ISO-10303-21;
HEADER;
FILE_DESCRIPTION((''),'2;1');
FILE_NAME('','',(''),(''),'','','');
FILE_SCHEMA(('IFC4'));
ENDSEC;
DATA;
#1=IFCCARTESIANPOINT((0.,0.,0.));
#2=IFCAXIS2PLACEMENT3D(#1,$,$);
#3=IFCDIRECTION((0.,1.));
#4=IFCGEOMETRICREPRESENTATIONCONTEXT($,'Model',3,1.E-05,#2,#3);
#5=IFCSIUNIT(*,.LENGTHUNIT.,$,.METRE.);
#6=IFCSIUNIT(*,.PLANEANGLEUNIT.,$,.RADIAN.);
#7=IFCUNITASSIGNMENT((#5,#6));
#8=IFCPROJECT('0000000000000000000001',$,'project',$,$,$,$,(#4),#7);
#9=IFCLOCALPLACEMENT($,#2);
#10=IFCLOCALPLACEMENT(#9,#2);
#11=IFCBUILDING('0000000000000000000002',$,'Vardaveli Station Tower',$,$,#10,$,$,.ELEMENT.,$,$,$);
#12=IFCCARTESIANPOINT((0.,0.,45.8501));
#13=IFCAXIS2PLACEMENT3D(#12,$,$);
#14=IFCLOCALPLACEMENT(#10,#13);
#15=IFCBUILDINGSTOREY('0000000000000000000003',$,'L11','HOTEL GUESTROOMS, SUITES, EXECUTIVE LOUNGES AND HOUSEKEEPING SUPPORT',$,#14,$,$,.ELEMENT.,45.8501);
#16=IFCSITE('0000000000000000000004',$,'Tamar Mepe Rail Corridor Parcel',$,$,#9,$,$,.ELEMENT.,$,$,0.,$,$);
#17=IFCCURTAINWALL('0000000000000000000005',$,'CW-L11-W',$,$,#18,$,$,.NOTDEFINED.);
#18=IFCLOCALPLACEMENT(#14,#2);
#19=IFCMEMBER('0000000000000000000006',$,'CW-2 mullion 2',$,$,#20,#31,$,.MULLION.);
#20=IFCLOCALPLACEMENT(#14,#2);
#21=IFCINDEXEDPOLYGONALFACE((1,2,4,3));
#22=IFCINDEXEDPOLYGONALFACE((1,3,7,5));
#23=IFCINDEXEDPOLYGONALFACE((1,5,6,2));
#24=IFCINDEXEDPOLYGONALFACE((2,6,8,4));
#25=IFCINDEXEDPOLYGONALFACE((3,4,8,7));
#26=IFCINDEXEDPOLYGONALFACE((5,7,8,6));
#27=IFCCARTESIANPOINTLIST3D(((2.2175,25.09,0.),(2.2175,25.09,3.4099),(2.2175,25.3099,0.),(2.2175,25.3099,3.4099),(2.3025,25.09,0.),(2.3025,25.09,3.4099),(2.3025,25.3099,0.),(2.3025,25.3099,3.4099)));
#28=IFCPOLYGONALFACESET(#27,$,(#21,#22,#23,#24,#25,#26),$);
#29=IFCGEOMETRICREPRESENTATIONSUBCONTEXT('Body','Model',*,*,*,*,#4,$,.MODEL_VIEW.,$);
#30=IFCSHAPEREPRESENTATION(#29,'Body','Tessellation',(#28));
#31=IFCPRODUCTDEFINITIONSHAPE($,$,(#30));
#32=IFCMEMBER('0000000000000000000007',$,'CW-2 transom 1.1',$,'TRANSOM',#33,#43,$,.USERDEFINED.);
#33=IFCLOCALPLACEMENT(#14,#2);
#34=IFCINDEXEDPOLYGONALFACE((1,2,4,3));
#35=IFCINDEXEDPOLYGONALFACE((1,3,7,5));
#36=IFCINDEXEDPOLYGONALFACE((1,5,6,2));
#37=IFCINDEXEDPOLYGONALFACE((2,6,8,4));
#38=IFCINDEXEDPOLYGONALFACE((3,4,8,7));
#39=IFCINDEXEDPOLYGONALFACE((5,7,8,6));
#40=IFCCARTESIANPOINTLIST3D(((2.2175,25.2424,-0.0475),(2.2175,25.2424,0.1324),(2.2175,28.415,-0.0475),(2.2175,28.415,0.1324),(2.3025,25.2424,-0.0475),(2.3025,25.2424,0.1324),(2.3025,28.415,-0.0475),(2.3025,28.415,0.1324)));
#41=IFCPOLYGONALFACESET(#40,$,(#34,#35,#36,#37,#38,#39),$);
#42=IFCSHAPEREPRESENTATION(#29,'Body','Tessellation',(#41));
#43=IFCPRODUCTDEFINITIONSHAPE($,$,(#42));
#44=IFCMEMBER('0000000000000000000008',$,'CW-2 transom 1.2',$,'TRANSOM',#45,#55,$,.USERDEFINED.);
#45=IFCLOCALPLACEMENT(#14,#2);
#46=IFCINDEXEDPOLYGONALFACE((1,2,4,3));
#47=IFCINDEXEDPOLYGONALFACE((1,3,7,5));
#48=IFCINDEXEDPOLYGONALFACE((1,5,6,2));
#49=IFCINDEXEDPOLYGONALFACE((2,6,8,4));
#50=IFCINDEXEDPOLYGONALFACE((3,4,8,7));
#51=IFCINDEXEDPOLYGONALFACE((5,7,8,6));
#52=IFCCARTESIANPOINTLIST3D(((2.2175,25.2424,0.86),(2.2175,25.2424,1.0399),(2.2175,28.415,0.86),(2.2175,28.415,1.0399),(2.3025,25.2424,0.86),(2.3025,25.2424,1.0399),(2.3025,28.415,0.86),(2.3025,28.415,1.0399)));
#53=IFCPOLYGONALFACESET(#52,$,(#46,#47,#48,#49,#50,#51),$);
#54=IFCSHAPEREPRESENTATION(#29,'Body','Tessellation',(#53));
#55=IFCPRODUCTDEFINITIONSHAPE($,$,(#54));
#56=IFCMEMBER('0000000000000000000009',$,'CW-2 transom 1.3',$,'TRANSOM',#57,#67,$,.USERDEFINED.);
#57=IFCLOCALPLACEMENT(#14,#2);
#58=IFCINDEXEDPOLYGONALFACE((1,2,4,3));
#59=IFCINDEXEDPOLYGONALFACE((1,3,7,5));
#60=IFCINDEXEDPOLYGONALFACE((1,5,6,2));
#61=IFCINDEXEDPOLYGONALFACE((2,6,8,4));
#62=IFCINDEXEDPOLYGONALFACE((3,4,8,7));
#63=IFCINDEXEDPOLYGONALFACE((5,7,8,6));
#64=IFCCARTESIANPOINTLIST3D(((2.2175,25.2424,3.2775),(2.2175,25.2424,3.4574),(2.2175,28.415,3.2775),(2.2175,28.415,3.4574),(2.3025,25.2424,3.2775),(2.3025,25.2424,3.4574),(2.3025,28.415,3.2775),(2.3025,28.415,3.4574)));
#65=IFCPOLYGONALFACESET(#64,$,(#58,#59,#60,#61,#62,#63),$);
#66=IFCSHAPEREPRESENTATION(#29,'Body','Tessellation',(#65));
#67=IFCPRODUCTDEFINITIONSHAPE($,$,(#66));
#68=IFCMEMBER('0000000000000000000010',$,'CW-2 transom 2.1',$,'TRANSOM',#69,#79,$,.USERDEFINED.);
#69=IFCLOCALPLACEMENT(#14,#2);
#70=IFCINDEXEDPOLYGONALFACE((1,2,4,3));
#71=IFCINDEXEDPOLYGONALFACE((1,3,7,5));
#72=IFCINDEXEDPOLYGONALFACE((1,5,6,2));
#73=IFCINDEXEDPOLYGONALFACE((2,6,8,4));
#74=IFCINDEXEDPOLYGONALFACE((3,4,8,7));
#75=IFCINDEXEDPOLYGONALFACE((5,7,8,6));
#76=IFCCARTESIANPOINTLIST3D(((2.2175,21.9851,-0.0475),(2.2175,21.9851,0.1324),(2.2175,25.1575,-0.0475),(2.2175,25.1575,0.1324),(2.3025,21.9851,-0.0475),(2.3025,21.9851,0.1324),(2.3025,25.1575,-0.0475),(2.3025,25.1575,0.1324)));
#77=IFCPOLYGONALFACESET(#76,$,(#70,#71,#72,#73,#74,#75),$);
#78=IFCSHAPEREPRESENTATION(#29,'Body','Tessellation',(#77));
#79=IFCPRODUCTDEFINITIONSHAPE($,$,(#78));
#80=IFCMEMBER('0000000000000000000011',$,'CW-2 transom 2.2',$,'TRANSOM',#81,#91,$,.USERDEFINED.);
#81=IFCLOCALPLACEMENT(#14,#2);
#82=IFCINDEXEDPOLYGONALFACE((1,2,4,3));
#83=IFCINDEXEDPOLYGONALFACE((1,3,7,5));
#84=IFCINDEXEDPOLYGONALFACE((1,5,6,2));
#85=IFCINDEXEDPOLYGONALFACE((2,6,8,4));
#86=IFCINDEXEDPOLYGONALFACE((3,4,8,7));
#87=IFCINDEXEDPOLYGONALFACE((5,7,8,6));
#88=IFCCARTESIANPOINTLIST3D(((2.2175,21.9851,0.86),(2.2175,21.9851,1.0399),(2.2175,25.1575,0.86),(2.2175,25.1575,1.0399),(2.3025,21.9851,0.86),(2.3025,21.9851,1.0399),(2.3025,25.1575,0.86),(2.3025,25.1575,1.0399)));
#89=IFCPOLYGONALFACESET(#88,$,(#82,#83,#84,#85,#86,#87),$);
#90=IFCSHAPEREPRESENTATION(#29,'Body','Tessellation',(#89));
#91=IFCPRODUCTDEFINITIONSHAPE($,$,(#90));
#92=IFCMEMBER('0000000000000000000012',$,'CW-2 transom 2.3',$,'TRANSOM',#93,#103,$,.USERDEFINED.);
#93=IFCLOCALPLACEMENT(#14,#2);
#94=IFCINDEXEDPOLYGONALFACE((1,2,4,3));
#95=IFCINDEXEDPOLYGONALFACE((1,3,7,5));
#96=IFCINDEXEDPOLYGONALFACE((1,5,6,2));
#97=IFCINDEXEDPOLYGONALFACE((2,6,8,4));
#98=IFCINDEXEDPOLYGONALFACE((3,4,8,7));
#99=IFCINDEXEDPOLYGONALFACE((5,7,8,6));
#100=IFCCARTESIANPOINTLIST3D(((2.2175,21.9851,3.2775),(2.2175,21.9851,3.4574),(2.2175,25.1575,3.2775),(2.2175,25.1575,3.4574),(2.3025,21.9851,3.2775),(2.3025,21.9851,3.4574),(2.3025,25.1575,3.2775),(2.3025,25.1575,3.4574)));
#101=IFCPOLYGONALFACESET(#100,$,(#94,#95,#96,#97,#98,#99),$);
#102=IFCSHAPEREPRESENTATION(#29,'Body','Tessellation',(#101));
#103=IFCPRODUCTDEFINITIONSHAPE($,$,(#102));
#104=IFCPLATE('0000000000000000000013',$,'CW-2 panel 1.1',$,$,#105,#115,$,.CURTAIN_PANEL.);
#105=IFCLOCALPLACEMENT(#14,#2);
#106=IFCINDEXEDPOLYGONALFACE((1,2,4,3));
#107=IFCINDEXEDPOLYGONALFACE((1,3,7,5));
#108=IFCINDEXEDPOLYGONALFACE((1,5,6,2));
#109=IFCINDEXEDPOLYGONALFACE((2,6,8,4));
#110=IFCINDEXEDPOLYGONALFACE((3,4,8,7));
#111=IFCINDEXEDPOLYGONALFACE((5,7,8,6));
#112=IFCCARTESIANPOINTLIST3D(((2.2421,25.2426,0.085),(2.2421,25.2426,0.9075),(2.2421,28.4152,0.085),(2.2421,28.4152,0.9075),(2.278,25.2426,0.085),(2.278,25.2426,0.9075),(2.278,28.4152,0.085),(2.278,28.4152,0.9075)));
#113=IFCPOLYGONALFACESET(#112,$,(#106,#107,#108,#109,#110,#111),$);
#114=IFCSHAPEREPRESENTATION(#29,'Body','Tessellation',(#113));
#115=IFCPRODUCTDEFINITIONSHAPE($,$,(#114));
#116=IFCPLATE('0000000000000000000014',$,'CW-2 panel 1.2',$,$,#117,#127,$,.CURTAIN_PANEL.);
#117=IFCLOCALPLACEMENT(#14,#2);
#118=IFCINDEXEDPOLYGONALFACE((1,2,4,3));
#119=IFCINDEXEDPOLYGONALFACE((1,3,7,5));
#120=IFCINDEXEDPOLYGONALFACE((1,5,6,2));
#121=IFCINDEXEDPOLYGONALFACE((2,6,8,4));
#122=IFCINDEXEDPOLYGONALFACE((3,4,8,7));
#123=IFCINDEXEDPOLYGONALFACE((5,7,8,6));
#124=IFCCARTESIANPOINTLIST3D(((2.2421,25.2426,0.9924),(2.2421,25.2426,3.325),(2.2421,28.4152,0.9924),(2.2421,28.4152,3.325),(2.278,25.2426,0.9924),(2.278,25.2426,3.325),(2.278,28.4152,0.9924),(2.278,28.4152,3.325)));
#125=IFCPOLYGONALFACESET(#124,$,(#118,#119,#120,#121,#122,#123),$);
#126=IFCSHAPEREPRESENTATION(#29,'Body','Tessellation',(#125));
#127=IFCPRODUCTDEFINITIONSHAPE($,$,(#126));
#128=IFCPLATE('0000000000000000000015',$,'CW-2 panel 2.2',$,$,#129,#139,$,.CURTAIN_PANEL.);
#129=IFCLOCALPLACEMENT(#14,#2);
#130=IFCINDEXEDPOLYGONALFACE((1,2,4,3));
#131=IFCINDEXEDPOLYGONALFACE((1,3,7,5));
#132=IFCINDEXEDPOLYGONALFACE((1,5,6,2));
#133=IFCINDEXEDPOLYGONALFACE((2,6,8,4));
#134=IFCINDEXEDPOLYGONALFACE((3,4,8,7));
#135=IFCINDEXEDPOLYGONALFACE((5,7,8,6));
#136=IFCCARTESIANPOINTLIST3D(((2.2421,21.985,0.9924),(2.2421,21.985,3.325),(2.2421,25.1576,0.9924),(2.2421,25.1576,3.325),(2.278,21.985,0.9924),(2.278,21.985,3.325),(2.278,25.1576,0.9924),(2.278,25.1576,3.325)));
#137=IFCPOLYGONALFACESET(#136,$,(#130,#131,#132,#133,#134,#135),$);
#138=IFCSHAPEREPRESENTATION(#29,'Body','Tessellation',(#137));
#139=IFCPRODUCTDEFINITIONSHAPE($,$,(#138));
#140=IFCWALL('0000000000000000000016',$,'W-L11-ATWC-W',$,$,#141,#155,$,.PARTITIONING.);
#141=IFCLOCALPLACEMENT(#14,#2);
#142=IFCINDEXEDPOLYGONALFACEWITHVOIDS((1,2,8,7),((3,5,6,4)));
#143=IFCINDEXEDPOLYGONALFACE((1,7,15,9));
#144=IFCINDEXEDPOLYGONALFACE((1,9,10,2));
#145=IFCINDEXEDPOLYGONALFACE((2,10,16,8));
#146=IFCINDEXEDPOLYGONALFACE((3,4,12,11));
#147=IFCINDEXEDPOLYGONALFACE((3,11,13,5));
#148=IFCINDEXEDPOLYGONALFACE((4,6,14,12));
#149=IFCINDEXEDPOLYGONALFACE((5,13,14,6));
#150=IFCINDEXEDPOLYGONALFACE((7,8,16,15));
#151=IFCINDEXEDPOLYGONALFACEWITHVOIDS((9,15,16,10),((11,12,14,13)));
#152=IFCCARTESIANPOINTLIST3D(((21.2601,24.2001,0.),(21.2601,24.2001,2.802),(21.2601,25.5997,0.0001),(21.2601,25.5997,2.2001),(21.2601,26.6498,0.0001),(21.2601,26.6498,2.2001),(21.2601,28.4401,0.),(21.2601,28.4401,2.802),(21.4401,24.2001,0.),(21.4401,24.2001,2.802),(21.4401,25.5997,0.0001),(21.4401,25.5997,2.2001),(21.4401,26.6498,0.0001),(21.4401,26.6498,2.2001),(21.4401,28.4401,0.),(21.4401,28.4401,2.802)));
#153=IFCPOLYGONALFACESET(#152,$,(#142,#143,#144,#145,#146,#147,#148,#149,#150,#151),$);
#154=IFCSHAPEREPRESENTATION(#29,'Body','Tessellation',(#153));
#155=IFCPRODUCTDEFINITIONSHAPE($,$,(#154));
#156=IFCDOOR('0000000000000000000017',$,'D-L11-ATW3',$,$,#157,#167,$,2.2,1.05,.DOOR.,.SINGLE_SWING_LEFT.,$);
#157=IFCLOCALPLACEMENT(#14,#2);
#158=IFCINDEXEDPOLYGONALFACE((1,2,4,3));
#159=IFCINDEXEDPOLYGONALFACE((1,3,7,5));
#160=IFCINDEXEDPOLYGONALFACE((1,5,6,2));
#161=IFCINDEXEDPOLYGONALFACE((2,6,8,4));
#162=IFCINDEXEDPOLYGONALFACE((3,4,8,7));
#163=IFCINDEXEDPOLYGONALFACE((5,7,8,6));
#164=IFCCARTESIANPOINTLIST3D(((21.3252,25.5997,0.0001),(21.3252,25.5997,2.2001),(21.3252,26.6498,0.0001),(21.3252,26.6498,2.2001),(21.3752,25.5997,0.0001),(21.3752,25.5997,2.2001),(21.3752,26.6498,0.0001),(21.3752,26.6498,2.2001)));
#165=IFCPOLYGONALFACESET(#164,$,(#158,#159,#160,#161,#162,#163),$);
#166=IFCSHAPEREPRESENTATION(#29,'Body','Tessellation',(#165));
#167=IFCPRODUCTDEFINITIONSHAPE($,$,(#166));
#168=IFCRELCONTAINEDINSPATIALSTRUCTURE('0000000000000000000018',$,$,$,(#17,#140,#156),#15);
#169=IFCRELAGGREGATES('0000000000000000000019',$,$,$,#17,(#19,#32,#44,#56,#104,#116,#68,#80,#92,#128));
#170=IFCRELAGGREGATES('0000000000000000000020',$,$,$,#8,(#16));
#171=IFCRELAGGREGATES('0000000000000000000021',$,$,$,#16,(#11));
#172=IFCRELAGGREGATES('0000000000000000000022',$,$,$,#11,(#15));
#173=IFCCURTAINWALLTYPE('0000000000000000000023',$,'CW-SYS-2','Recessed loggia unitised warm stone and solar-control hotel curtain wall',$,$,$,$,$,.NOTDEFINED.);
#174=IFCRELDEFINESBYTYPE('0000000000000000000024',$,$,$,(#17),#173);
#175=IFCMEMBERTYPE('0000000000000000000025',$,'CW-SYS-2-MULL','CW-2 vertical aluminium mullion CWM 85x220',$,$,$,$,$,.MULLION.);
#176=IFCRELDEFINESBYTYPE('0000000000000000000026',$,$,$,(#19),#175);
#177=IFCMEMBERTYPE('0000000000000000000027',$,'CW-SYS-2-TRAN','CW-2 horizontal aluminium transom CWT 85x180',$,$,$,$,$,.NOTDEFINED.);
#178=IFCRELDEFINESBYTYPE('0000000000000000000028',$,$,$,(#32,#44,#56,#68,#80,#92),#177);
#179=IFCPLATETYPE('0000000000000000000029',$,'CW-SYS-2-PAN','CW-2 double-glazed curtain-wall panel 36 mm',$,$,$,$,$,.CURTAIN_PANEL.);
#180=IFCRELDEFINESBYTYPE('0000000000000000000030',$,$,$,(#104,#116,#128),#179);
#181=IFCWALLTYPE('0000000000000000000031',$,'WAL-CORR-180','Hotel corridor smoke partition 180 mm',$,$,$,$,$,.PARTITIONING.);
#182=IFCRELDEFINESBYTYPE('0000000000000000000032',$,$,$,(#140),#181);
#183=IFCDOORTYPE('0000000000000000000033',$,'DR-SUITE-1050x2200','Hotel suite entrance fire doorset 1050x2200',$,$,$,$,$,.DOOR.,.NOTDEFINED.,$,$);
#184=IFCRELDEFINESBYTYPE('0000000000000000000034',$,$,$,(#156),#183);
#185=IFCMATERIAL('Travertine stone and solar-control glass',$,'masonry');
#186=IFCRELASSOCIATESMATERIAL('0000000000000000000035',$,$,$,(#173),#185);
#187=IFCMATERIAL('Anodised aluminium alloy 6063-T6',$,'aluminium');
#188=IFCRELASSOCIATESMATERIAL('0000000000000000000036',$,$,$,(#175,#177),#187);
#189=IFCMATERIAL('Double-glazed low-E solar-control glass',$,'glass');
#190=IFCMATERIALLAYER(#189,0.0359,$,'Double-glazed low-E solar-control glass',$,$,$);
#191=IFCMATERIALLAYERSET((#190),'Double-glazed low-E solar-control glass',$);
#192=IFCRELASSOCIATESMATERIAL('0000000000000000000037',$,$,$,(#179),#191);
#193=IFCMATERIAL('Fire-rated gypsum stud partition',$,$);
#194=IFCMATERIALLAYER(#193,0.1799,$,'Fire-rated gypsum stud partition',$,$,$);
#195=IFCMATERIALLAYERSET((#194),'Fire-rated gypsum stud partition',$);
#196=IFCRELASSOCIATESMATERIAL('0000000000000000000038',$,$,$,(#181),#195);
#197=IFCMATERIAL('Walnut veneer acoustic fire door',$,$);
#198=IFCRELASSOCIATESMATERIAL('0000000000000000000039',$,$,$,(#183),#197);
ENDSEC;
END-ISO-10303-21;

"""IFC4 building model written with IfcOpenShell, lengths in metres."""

from ifc_helpers import new_model, si_unit, direction, frame, frame_2d, origin, origin_2d, place, context, subcontext, project, spatial, rectangle, extrude, source, transform, mapped, material, layer, layer_set, material_profile, profile_set, type_object, element, fill, aggregate, save


model = new_model("IFC4")

# Units and contexts
model_context = context("Model", 3, precision=1e-05, world=origin(), true_north=direction((0.0, 1.0)))
body_context = subcontext(model_context, "Body", "Model", "MODEL_VIEW")
ifc_project = project(units=[si_unit("LENGTHUNIT", "METRE"), si_unit("PLANEANGLEUNIT", "RADIAN")], contexts=[model_context])

# Site, building, storey
site_placement = place(None, origin())
site = spatial("IfcSite", under=ifc_project, at=site_placement, Name="Tamar Mepe Rail Corridor Parcel", CompositionType="ELEMENT", RefElevation=0.0)
building_placement = place(site_placement, origin())
building = spatial("IfcBuilding", under=site, at=building_placement, Name="Vardaveli Station Tower", CompositionType="ELEMENT")
storey_placement = place(building_placement, frame((0.0, 0.0, 45.8501)))
storey = spatial("IfcBuildingStorey", under=building, at=storey_placement, Name="L11", Description="HOTEL GUESTROOMS, SUITES, EXECUTIVE LOUNGES AND HOUSEKEEPING SUPPORT", CompositionType="ELEMENT", Elevation=45.8501)

# Curtain wall, members, plates
ifc_material_1 = material(Name="Travertine stone and solar-control glass", Category="masonry")
curtain_wall_type = type_object("IfcCurtainWallType", Name="CW-SYS-2", Description="Recessed loggia unitised warm stone and solar-control hotel curtain wall", PredefinedType="NOTDEFINED", material=ifc_material_1)
curtain_wall_placement = place(storey_placement, origin())
curtain_wall = element("IfcCurtainWall", 1, at=curtain_wall_placement, inside=storey, type_object=curtain_wall_type, Name="CW-L11-W", PredefinedType="NOTDEFINED")
ifc_material_2 = material(Name="Anodised aluminium alloy 6063-T6", Category="aluminium")
ifc_material_profile_1 = material_profile(ifc_material_2, rectangle(XDim=0.085, YDim=0.22, at=origin_2d()), Name="CWM 85x220")
ifc_profile_set_1 = profile_set([ifc_material_profile_1], Name="Anodised aluminium alloy 6063-T6")
member_type_1 = type_object("IfcMemberType", Name="CW-SYS-2-MULL", Description="CW-2 vertical aluminium mullion CWM 85x220", PredefinedType="MULLION", material=ifc_profile_set_1)
shared_shape_1 = source(origin(), body_context, "Body", "SweptSolid", [
    extrude(rectangle(XDim=0.085, YDim=0.22, at=origin_2d()), origin(), (0.0, 0.0, 1.0), 3.4099),
])
member_1_placement = place(storey_placement, frame((2.26, 25.2, 0.0), z_axis=(0.0, 0.0, 1.0), x_axis=(1.0, 0.0, 0.0)))
member_1 = element("IfcMember", 2, at=member_1_placement, type_object=member_type_1, Name="CW-2 mullion 2", PredefinedType="MULLION", context=body_context, shape_type="MappedRepresentation", body=[
    mapped(shared_shape_1, transform((0.0, 0.0, 0.0), scale=1.0)),
])
ifc_material_profile_2 = material_profile(ifc_material_2, rectangle(XDim=0.085, YDim=0.1799, at=origin_2d()), Name="CWT 85x180")
ifc_profile_set_2 = profile_set([ifc_material_profile_2], Name="Anodised aluminium alloy 6063-T6")
member_type_2 = type_object("IfcMemberType", Name="CW-SYS-2-TRAN", Description="CW-2 horizontal aluminium transom CWT 85x180", PredefinedType="NOTDEFINED", material=ifc_profile_set_2)
shared_shape_2 = source(origin(), body_context, "Body", "SweptSolid", [
    extrude(rectangle(XDim=0.085, YDim=0.1799, at=origin_2d()), origin(), (0.0, 0.0, 1.0), 3.1726),
])
member_2_placement = place(storey_placement, frame((2.26, 28.415, 0.0425), z_axis=(0.0, -1.0, 0.0), x_axis=(1.0, 0.0, 0.0)))
member_2 = element("IfcMember", 3, at=member_2_placement, type_object=member_type_2, Name="CW-2 transom 1.1", ObjectType="TRANSOM", PredefinedType="USERDEFINED", context=body_context, shape_type="MappedRepresentation", body=[
    mapped(shared_shape_2, transform((0.0, 0.0, 0.0), scale=1.0)),
])
member_3_placement = place(storey_placement, frame((2.26, 28.415, 0.95), z_axis=(0.0, -1.0, 0.0), x_axis=(1.0, 0.0, 0.0)))
member_3 = element("IfcMember", 4, at=member_3_placement, type_object=member_type_2, Name="CW-2 transom 1.2", ObjectType="TRANSOM", PredefinedType="USERDEFINED", context=body_context, shape_type="MappedRepresentation", body=[
    mapped(shared_shape_2, transform((0.0, 0.0, 0.0), scale=1.0)),
])
member_4_placement = place(storey_placement, frame((2.26, 28.415, 3.3674), z_axis=(0.0, -1.0, 0.0), x_axis=(1.0, 0.0, 0.0)))
member_4 = element("IfcMember", 5, at=member_4_placement, type_object=member_type_2, Name="CW-2 transom 1.3", ObjectType="TRANSOM", PredefinedType="USERDEFINED", context=body_context, shape_type="MappedRepresentation", body=[
    mapped(shared_shape_2, transform((0.0, 0.0, 0.0), scale=1.0)),
])
shared_shape_3 = source(origin(), body_context, "Body", "SweptSolid", [
    extrude(rectangle(XDim=0.085, YDim=0.1799, at=origin_2d()), origin(), (0.0, 0.0, 1.0), 3.1724),
])
member_5_placement = place(storey_placement, frame((2.26, 25.1575, 0.0425), z_axis=(0.0, -1.0, 0.0), x_axis=(1.0, 0.0, 0.0)))
member_5 = element("IfcMember", 6, at=member_5_placement, type_object=member_type_2, Name="CW-2 transom 2.1", ObjectType="TRANSOM", PredefinedType="USERDEFINED", context=body_context, shape_type="MappedRepresentation", body=[
    mapped(shared_shape_3, transform((0.0, 0.0, 0.0), scale=1.0)),
])
member_6_placement = place(storey_placement, frame((2.26, 25.1575, 0.95), z_axis=(0.0, -1.0, 0.0), x_axis=(1.0, 0.0, 0.0)))
member_6 = element("IfcMember", 7, at=member_6_placement, type_object=member_type_2, Name="CW-2 transom 2.2", ObjectType="TRANSOM", PredefinedType="USERDEFINED", context=body_context, shape_type="MappedRepresentation", body=[
    mapped(shared_shape_3, transform((0.0, 0.0, 0.0), scale=1.0)),
])
member_7_placement = place(storey_placement, frame((2.26, 25.1575, 3.3674), z_axis=(0.0, -1.0, 0.0), x_axis=(1.0, 0.0, 0.0)))
member_7 = element("IfcMember", 8, at=member_7_placement, type_object=member_type_2, Name="CW-2 transom 2.3", ObjectType="TRANSOM", PredefinedType="USERDEFINED", context=body_context, shape_type="MappedRepresentation", body=[
    mapped(shared_shape_3, transform((0.0, 0.0, 0.0), scale=1.0)),
])
ifc_material_3 = material(Name="Double-glazed low-E solar-control glass", Category="glass")
ifc_layer_1 = layer(ifc_material_3, 0.0359, Name="Double-glazed low-E solar-control glass")
ifc_layer_set_1 = layer_set([ifc_layer_1], Name="Double-glazed low-E solar-control glass")
plate_type = type_object("IfcPlateType", Name="CW-SYS-2-PAN", Description="CW-2 double-glazed curtain-wall panel 36 mm", PredefinedType="CURTAIN_PANEL", material=ifc_layer_set_1)
shared_shape_4 = source(origin(), body_context, "Body", "SweptSolid", [
    extrude(rectangle(XDim=3.1726, YDim=0.0359, at=origin_2d()), origin(), (0.0, 0.0, 1.0), 0.8225),
])
plate_1_placement = place(storey_placement, frame((2.26, 26.8289, 0.085), z_axis=(0.0, 0.0, 1.0), x_axis=(0.0, -1.0, 0.0)))
plate_1 = element("IfcPlate", 9, at=plate_1_placement, type_object=plate_type, Name="CW-2 panel 1.1", PredefinedType="CURTAIN_PANEL", context=body_context, shape_type="MappedRepresentation", body=[
    mapped(shared_shape_4, transform((0.0, 0.0, 0.0), scale=1.0)),
])
shared_shape_5 = source(origin(), body_context, "Body", "SweptSolid", [
    extrude(rectangle(XDim=3.1726, YDim=0.0359, at=origin_2d()), origin(), (0.0, 0.0, 1.0), 2.3325),
])
plate_2_placement = place(storey_placement, frame((2.26, 26.8289, 0.9924), z_axis=(0.0, 0.0, 1.0), x_axis=(0.0, -1.0, 0.0)))
plate_2 = element("IfcPlate", 10, at=plate_2_placement, type_object=plate_type, Name="CW-2 panel 1.2", PredefinedType="CURTAIN_PANEL", context=body_context, shape_type="MappedRepresentation", body=[
    mapped(shared_shape_5, transform((0.0, 0.0, 0.0), scale=1.0)),
])
plate_3_placement = place(storey_placement, frame((2.26, 23.5713, 0.9924), z_axis=(0.0, 0.0, 1.0), x_axis=(0.0, -1.0, 0.0)))
plate_3 = element("IfcPlate", 11, at=plate_3_placement, type_object=plate_type, Name="CW-2 panel 2.2", PredefinedType="CURTAIN_PANEL", context=body_context, shape_type="MappedRepresentation", body=[
    mapped(shared_shape_5, transform((0.0, 0.0, 0.0), scale=1.0)),
])
aggregate(curtain_wall, [member_1, member_2, member_3, member_4, plate_1, plate_2, member_5, member_6, member_7, plate_3])

# Wall, opening, door
ifc_material_4 = material(Name="Fire-rated gypsum stud partition")
ifc_layer_2 = layer(ifc_material_4, 0.1799, Name="Fire-rated gypsum stud partition")
ifc_layer_set_2 = layer_set([ifc_layer_2], Name="Fire-rated gypsum stud partition")
wall_type = type_object("IfcWallType", Name="WAL-CORR-180", Description="Hotel corridor smoke partition 180 mm", PredefinedType="PARTITIONING", material=ifc_layer_set_2)
shared_shape_6 = source(origin(), body_context, "Body", "SweptSolid", [
    extrude(rectangle(XDim=4.24, YDim=0.1799, at=frame_2d((2.1201, 0.0))), origin(), (0.0, 0.0, 1.0), 2.802),
])
wall_1_placement = place(storey_placement, frame((21.3501, 24.2, 0.0), z_axis=(0.0, 0.0, 1.0), x_axis=(0.0, 1.0, 0.0)))
wall_1 = element("IfcWall", 12, at=wall_1_placement, inside=storey, type_object=wall_type, Name="W-L11-ATWC-W", PredefinedType="PARTITIONING", context=body_context, shape_type="MappedRepresentation", body=[
    mapped(shared_shape_6, transform((0.0, 0.0, 0.0), scale=1.0)),
])
shared_shape_7 = source(origin(), body_context, "Body", "SweptSolid", [
    extrude(rectangle(XDim=1.05, YDim=2.2, at=frame_2d((0.5249, 1.1001))), frame((0.0, 0.1001, 0.0), z_axis=(0.0, -1.0, 0.0), x_axis=(1.0, 0.0, 0.0)), (0.0, 0.0, 1.0), 0.2),
])
opening_placement = place(wall_1_placement, frame((1.3999, 0.0, 0.0)))
opening = element("IfcOpeningElement", 13, at=opening_placement, cuts=wall_1, PredefinedType="OPENING", context=body_context, shape_type="MappedRepresentation", body=[
    mapped(shared_shape_7, transform((0.0, 0.0, 0.0), scale=1.0)),
])
ifc_material_5 = material(Name="Walnut veneer acoustic fire door")
door_type = type_object("IfcDoorType", Name="DR-SUITE-1050x2200", Description="Hotel suite entrance fire doorset 1050x2200", OperationType="NOTDEFINED", PredefinedType="DOOR", material=ifc_material_5)
shared_shape_8 = source(origin(), body_context, "Body", "SweptSolid", [
    extrude(rectangle(XDim=1.05, YDim=2.2, at=frame_2d((0.5249, 1.1001))), frame((0.0, 0.0249, 0.0), z_axis=(0.0, -1.0, 0.0), x_axis=(1.0, 0.0, 0.0)), (0.0, 0.0, 1.0), 0.05),
])
door_placement = place(opening_placement, origin())
door = element("IfcDoor", 14, at=door_placement, inside=storey, type_object=door_type, Name="D-L11-ATW3", OperationType="SINGLE_SWING_LEFT", OverallHeight=2.2, OverallWidth=1.05, PredefinedType="DOOR", context=body_context, shape_type="MappedRepresentation", body=[
    mapped(shared_shape_8, transform((0.0, 0.0, 0.0), scale=1.0)),
])
fill(opening, door)

save(model, "model.ifc")
